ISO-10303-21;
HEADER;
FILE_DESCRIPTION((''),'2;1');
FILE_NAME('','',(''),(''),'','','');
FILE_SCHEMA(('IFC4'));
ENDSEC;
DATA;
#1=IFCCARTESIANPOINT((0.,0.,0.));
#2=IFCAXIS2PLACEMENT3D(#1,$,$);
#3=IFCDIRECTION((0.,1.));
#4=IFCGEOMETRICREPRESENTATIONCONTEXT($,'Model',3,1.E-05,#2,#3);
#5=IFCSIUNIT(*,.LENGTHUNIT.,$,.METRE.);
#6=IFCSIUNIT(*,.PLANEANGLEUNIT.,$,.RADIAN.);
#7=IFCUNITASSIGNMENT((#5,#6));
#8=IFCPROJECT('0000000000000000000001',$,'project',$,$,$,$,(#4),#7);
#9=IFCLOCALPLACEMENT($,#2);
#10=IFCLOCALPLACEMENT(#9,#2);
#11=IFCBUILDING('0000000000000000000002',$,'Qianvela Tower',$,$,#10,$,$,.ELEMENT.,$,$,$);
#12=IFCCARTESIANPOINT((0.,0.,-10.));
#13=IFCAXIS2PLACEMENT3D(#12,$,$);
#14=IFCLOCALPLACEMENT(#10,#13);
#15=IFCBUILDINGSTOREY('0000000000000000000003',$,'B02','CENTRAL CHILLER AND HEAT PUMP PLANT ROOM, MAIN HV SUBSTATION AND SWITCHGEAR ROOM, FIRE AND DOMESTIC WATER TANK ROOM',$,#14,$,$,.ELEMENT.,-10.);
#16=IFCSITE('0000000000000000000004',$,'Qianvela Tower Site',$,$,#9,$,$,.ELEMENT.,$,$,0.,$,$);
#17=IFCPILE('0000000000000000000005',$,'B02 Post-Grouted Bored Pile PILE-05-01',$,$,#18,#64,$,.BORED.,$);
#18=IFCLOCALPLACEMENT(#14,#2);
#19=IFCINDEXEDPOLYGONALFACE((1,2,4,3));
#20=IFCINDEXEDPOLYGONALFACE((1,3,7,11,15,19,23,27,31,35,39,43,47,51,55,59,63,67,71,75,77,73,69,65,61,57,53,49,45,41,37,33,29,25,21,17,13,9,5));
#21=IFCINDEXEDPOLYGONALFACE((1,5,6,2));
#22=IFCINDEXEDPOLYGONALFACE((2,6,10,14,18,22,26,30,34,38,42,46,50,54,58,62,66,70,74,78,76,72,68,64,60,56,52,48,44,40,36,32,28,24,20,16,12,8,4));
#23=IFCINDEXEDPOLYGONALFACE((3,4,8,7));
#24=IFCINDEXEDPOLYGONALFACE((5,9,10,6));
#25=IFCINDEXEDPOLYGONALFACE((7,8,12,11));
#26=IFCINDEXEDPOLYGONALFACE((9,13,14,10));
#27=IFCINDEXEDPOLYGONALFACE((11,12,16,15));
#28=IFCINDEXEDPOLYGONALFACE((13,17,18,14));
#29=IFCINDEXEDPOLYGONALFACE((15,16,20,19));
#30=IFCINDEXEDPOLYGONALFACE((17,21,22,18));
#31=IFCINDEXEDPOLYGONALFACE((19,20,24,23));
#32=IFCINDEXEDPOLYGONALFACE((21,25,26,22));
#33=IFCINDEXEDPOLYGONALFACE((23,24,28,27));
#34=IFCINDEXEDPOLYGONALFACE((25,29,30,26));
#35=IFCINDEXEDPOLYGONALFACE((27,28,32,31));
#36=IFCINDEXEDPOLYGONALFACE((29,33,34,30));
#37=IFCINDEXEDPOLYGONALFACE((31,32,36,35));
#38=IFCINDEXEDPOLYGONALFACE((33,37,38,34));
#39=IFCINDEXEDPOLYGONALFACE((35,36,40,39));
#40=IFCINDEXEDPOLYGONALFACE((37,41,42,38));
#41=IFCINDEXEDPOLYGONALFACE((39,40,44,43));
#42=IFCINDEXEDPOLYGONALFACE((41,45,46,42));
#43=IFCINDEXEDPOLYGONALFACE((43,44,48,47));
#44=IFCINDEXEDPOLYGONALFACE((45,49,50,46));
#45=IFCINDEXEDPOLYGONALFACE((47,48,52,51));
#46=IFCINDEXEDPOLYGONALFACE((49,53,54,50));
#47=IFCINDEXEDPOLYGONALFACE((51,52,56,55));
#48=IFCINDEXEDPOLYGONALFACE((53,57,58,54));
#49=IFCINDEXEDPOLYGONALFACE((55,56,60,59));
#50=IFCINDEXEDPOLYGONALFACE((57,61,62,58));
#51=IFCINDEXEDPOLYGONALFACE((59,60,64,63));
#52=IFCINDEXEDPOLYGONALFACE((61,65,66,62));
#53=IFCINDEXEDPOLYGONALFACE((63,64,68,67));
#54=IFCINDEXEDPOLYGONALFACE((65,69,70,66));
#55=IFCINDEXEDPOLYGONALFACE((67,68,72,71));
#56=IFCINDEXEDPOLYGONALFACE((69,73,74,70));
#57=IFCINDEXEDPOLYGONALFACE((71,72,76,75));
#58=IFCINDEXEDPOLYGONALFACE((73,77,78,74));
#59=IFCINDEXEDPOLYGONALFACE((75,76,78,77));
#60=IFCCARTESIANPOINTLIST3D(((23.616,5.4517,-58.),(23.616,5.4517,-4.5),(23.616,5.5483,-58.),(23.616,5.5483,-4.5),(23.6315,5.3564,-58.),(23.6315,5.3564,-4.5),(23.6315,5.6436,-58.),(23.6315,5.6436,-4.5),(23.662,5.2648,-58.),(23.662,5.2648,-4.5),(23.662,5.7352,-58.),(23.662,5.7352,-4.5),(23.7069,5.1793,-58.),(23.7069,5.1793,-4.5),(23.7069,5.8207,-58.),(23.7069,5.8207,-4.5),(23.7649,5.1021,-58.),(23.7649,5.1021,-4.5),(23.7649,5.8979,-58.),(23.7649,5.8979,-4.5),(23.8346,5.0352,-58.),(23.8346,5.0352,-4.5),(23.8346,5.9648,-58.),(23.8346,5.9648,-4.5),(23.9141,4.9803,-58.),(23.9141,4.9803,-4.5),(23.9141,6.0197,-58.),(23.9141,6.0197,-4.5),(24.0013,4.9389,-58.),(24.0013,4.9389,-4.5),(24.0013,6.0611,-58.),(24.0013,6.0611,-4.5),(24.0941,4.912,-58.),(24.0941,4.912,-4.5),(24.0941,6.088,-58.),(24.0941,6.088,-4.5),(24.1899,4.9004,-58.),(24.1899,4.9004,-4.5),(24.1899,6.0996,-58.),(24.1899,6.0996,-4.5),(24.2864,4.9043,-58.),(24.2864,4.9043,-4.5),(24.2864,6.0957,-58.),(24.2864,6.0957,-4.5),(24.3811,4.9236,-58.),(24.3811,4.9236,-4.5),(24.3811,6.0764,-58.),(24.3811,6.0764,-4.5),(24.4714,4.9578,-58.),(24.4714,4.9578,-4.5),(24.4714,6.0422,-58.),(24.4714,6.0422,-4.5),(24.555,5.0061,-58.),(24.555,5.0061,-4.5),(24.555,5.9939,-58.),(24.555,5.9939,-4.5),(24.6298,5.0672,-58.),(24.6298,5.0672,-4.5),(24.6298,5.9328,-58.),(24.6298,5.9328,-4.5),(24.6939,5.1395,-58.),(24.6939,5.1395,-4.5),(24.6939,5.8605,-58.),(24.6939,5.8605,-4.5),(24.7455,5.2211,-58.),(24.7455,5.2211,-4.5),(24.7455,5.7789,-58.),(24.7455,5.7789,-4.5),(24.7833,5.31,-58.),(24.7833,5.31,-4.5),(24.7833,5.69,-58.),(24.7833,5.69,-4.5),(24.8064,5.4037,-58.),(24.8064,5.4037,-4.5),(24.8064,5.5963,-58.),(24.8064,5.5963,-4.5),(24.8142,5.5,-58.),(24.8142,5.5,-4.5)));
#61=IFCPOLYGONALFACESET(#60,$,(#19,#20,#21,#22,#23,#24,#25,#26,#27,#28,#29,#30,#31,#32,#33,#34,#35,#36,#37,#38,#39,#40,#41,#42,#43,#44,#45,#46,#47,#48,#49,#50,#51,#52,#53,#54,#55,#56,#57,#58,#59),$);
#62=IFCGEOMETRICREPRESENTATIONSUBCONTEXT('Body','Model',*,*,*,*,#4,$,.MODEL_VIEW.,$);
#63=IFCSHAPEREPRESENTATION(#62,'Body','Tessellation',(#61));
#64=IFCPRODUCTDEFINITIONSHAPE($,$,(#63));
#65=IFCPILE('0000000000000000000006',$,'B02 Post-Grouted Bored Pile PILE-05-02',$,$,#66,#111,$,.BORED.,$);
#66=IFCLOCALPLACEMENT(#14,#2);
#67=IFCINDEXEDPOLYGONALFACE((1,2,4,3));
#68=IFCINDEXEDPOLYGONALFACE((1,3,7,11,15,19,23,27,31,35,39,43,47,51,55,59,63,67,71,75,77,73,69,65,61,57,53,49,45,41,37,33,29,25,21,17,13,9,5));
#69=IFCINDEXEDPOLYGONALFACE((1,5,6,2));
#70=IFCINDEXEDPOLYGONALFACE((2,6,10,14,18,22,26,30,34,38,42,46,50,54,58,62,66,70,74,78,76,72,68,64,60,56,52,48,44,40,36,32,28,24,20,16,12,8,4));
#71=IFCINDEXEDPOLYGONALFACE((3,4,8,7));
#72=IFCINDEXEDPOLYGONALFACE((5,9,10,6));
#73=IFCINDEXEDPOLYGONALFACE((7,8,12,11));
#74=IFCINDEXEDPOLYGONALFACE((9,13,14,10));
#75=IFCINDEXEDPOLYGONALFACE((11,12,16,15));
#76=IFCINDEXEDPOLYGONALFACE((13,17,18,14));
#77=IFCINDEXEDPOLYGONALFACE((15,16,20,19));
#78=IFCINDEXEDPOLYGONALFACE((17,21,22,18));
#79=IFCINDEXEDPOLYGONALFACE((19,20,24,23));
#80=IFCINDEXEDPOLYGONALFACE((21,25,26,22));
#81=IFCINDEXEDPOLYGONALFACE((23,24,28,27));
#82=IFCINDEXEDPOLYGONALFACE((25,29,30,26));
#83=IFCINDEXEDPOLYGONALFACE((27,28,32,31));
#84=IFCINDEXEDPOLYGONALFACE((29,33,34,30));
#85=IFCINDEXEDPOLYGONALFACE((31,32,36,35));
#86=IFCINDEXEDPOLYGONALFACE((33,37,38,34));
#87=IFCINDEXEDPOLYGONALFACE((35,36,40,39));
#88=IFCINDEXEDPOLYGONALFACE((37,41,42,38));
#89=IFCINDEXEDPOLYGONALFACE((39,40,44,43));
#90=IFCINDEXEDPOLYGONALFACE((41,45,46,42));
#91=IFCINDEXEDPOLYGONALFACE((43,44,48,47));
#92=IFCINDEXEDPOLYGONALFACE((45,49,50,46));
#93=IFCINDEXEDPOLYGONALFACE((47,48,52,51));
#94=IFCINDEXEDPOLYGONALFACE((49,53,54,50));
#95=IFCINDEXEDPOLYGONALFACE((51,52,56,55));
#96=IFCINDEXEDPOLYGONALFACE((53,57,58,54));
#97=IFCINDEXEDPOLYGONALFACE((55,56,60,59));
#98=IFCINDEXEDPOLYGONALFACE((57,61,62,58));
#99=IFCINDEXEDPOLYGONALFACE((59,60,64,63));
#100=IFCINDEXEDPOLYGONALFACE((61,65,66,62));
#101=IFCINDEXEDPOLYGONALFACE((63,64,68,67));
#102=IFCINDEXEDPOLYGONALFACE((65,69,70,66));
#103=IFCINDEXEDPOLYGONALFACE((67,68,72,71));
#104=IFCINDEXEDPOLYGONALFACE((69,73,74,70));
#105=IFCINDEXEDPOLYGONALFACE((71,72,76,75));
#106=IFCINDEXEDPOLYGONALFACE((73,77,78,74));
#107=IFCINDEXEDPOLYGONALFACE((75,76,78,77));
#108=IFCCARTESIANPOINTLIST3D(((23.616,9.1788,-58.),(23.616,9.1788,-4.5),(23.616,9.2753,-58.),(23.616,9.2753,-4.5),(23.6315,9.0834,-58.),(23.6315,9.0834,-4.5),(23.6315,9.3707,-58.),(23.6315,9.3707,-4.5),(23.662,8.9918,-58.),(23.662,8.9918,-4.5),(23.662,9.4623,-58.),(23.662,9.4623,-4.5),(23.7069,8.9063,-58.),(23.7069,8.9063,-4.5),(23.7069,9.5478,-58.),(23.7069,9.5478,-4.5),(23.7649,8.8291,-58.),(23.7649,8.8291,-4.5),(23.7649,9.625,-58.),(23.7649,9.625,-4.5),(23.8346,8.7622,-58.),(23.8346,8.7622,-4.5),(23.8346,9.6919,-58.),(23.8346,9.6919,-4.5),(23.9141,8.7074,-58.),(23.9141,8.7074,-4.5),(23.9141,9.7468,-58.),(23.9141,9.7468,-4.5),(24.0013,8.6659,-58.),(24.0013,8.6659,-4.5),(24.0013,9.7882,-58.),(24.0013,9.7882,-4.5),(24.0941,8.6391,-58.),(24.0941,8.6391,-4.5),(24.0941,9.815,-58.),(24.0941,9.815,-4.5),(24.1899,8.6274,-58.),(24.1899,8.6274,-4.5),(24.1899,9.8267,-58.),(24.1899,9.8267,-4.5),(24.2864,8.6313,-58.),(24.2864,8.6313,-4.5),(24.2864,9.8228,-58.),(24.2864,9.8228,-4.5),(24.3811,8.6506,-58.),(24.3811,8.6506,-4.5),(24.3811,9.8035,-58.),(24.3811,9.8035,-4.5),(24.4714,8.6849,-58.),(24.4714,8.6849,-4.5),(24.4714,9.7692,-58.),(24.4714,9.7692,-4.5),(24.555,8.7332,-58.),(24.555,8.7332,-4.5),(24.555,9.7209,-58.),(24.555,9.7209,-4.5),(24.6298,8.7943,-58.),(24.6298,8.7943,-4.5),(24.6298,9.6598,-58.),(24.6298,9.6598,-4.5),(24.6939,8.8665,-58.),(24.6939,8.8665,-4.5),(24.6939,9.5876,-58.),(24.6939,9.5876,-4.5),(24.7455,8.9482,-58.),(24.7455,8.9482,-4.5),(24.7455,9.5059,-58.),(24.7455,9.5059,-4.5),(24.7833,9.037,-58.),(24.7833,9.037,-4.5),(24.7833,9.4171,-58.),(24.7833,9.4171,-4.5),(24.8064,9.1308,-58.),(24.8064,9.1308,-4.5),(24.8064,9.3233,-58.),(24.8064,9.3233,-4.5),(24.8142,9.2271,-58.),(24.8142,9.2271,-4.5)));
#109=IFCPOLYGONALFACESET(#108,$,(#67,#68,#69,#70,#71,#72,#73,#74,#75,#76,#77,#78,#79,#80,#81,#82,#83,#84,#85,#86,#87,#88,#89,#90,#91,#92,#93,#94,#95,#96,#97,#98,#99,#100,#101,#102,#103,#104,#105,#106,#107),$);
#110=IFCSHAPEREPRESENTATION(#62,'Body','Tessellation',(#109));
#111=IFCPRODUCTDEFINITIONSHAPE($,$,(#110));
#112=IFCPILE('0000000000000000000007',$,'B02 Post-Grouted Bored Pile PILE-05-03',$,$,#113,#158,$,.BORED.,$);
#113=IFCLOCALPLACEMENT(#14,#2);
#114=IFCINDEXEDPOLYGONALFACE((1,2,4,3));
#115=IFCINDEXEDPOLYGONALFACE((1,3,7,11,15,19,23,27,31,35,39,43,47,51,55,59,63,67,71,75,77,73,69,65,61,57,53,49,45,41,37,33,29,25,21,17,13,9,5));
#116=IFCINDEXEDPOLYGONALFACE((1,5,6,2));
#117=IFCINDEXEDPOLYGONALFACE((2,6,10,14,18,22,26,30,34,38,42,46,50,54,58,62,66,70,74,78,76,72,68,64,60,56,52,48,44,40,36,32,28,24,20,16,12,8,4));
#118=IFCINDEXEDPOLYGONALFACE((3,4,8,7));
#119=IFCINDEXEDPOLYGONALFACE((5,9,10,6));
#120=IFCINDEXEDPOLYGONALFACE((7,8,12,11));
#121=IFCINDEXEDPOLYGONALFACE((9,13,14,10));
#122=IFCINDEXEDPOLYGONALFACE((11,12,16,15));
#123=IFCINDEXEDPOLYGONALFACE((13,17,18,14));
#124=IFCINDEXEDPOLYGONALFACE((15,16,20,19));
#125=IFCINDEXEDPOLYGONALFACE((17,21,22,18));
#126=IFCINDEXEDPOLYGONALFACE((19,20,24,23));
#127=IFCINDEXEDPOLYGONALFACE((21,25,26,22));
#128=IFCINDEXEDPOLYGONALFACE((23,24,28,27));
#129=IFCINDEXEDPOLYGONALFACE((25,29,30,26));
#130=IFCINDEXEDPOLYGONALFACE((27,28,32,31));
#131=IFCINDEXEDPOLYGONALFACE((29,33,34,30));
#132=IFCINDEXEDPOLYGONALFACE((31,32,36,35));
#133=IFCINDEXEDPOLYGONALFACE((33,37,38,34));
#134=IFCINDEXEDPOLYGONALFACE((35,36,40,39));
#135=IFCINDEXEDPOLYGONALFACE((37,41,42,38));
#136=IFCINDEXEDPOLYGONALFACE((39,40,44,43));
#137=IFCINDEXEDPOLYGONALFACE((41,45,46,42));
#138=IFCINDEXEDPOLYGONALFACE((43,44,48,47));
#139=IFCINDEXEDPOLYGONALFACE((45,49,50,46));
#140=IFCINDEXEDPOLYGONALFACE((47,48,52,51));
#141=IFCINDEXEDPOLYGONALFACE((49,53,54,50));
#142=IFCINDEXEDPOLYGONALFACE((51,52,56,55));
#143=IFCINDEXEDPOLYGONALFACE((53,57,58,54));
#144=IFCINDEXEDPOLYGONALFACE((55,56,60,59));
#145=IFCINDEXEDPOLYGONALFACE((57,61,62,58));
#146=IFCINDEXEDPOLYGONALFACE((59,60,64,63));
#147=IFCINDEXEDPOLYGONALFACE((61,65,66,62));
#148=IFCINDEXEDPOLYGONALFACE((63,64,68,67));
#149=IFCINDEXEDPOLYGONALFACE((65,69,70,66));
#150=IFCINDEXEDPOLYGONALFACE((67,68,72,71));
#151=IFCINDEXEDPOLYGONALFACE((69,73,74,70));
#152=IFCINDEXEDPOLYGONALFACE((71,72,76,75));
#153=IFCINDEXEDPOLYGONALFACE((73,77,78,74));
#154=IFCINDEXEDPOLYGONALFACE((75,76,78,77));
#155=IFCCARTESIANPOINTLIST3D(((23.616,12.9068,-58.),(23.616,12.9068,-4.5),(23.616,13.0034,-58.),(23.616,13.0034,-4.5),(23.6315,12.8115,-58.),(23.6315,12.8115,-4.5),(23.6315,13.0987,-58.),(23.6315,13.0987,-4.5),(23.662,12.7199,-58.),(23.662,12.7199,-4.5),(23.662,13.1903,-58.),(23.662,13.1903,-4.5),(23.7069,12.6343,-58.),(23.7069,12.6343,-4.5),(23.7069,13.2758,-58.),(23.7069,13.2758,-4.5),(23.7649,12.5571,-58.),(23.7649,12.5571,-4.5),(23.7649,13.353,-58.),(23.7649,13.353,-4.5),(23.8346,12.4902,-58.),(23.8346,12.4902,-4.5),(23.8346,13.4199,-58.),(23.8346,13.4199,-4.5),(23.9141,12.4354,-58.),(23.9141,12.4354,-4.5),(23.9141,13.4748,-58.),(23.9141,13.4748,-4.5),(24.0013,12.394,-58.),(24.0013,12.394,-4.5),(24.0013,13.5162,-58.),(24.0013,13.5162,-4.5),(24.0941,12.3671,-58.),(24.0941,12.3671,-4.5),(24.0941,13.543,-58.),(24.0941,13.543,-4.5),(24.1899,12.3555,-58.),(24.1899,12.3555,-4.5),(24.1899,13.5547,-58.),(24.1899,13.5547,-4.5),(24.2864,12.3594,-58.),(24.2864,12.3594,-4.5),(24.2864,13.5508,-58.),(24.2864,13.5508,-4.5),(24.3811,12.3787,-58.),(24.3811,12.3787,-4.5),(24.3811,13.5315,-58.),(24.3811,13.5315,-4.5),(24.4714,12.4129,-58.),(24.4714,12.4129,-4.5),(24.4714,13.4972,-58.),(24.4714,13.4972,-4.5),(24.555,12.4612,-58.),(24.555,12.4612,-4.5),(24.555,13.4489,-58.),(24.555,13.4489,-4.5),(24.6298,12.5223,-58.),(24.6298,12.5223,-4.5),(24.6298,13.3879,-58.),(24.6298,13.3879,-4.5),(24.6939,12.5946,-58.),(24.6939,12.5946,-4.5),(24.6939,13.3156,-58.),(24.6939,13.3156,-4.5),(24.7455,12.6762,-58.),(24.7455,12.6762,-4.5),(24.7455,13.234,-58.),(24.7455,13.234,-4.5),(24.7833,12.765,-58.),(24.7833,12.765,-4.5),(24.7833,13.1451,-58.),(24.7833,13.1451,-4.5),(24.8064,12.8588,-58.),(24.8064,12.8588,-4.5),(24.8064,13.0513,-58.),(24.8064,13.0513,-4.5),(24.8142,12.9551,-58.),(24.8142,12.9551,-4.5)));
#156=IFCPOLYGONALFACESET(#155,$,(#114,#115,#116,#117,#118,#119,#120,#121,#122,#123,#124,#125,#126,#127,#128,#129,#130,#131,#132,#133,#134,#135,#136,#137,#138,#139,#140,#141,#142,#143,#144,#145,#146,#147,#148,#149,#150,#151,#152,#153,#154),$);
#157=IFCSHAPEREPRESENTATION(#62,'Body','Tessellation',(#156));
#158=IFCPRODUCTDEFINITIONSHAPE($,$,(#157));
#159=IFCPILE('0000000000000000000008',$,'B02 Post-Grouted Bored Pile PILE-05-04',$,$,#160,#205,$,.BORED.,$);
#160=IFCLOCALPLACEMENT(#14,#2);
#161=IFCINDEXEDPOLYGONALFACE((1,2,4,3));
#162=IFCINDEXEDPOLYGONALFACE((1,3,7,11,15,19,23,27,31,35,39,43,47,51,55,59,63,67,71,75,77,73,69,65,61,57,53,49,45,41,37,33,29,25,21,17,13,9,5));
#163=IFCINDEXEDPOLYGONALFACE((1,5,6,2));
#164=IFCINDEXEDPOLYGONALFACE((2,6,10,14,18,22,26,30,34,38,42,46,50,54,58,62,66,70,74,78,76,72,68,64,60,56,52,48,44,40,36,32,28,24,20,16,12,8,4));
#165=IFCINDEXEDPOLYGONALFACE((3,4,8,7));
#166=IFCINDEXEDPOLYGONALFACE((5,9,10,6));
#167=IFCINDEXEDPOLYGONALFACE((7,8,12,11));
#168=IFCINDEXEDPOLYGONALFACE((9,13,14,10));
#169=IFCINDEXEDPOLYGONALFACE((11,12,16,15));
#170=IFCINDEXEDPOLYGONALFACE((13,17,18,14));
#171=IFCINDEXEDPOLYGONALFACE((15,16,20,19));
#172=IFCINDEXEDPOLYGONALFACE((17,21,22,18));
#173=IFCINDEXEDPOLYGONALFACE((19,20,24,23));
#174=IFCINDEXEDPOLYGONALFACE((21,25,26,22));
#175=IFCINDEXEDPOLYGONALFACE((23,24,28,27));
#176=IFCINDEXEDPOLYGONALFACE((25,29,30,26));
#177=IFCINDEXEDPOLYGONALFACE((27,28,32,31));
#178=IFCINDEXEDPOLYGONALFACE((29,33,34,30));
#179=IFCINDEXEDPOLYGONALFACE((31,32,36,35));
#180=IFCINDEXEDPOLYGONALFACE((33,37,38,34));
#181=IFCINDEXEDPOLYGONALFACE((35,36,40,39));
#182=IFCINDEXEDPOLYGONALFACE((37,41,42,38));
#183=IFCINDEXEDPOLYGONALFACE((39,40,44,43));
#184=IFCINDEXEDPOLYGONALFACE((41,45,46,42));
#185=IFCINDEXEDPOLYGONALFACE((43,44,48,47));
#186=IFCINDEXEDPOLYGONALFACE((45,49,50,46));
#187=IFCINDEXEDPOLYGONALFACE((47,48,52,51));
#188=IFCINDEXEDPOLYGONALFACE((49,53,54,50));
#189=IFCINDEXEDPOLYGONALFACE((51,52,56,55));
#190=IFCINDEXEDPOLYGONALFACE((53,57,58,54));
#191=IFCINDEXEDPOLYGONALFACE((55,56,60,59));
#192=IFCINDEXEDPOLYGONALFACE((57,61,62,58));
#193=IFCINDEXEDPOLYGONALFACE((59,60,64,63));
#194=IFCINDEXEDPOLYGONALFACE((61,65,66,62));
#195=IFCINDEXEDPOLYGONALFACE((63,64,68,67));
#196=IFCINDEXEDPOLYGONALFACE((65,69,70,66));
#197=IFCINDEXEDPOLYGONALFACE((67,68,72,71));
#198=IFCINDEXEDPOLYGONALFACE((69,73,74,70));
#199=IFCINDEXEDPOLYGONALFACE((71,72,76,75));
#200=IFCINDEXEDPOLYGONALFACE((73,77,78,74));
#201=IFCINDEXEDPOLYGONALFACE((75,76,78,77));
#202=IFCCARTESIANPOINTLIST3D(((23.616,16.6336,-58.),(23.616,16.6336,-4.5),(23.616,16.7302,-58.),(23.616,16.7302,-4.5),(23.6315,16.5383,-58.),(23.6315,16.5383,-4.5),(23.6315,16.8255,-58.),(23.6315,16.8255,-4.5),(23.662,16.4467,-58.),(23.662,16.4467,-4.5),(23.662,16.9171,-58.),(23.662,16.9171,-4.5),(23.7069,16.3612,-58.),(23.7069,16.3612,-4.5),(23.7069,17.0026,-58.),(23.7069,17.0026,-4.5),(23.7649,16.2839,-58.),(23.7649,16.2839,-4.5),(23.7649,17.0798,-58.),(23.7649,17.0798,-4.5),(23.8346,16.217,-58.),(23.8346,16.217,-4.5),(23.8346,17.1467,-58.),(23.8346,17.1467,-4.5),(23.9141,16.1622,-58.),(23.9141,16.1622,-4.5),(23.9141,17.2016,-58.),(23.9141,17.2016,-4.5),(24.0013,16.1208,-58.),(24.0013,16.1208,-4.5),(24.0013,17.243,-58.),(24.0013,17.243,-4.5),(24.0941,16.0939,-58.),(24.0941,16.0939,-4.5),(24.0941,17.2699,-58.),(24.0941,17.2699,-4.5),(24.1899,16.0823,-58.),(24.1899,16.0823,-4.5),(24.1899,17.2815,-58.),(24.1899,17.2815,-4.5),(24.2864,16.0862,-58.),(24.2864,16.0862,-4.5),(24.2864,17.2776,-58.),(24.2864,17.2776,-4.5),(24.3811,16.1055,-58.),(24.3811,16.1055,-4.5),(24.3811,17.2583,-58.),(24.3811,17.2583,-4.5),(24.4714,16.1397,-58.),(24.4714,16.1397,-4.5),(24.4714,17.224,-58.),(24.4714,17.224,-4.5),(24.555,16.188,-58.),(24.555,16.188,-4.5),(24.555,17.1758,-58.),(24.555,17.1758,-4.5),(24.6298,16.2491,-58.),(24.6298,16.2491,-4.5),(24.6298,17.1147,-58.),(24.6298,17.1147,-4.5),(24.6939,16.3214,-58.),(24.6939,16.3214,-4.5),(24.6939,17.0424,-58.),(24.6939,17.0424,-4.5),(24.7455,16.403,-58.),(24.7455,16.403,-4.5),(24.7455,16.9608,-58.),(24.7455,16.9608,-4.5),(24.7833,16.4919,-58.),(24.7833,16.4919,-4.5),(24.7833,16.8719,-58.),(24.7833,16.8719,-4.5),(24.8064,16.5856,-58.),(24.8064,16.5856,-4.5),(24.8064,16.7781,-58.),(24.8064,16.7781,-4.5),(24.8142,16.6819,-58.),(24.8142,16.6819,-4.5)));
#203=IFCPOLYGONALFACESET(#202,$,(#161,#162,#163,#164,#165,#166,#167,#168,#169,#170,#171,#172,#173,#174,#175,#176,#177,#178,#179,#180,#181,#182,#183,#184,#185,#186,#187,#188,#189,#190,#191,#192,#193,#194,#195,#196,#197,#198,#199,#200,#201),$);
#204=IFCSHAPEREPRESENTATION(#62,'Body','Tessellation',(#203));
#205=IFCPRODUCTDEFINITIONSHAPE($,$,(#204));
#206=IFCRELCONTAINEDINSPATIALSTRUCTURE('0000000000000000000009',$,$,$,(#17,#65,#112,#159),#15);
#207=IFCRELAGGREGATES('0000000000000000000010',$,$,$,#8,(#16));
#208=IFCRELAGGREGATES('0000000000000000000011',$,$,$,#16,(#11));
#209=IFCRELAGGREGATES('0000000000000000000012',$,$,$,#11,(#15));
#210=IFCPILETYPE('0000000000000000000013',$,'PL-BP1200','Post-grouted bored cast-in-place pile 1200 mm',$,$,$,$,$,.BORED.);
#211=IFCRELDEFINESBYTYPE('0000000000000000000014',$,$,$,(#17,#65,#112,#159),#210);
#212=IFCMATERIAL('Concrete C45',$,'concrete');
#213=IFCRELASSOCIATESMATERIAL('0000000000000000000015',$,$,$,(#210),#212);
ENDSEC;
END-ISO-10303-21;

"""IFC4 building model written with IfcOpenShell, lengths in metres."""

from ifc_helpers import new_model, si_unit, direction, frame, origin, origin_2d, place, context, subcontext, project, spatial, circle, extrude, material, material_profile, profile_set, type_object, element, save


model = new_model("IFC4")

# Units and contexts
model_context = context("Model", 3, precision=1e-05, world=origin(), true_north=direction((0.0, 1.0)))
body_context = subcontext(model_context, "Body", "Model", "MODEL_VIEW")
ifc_project = project(units=[si_unit("LENGTHUNIT", "METRE"), si_unit("PLANEANGLEUNIT", "RADIAN")], contexts=[model_context])

# Site, building, storey
site_placement = place(None, origin())
site = spatial("IfcSite", under=ifc_project, at=site_placement, Name="Qianvela Tower Site", CompositionType="ELEMENT", RefElevation=0.0)
building_placement = place(site_placement, origin())
building = spatial("IfcBuilding", under=site, at=building_placement, Name="Qianvela Tower", CompositionType="ELEMENT")
storey_placement = place(building_placement, frame((0.0, 0.0, -10.0)))
storey = spatial("IfcBuildingStorey", under=building, at=storey_placement, Name="B02", Description="CENTRAL CHILLER AND HEAT PUMP PLANT ROOM, MAIN HV SUBSTATION AND SWITCHGEAR ROOM, FIRE AND DOMESTIC WATER TANK ROOM", CompositionType="ELEMENT", Elevation=-10.0)

# Piles
ifc_material_1 = material(Name="Concrete C45", Category="concrete")
ifc_material_profile_1 = material_profile(ifc_material_1, circle(Radius=0.6001, at=origin_2d()), Name="BP-1200")
ifc_profile_set_1 = profile_set([ifc_material_profile_1], Name="Concrete C45")
pile_type = type_object("IfcPileType", Name="PL-BP1200", Description="Post-grouted bored cast-in-place pile 1200 mm", PredefinedType="BORED", material=ifc_profile_set_1)
for number, where, z_axis, x_axis, name in (
    (1, (24.2141, 5.5, -4.5), (0.0, 0.0, -1.0), (1.0, 0.0, 0.0), "B02 Post-Grouted Bored Pile PILE-05-01"),
    (2, (24.2141, 9.2271, -4.5), (0.0, 0.0, -1.0), (1.0, 0.0, 0.0), "B02 Post-Grouted Bored Pile PILE-05-02"),
    (3, (24.2141, 12.9551, -4.5), (0.0, 0.0, -1.0), (1.0, 0.0, 0.0), "B02 Post-Grouted Bored Pile PILE-05-03"),
    (4, (24.2141, 16.6819, -4.5), (0.0, 0.0, -1.0), (1.0, 0.0, 0.0), "B02 Post-Grouted Bored Pile PILE-05-04"),
):
    element("IfcPile", number, at=place(storey_placement, frame(where, z_axis=z_axis, x_axis=x_axis)), inside=storey, type_object=pile_type, Name=name, PredefinedType="BORED", context=body_context, shape_type="SweptSolid", body=[
        extrude(circle(Radius=0.6001, at=origin_2d()), origin(), (0.0, 0.0, 1.0), 53.5),
    ])

save(model, "model.ifc")
